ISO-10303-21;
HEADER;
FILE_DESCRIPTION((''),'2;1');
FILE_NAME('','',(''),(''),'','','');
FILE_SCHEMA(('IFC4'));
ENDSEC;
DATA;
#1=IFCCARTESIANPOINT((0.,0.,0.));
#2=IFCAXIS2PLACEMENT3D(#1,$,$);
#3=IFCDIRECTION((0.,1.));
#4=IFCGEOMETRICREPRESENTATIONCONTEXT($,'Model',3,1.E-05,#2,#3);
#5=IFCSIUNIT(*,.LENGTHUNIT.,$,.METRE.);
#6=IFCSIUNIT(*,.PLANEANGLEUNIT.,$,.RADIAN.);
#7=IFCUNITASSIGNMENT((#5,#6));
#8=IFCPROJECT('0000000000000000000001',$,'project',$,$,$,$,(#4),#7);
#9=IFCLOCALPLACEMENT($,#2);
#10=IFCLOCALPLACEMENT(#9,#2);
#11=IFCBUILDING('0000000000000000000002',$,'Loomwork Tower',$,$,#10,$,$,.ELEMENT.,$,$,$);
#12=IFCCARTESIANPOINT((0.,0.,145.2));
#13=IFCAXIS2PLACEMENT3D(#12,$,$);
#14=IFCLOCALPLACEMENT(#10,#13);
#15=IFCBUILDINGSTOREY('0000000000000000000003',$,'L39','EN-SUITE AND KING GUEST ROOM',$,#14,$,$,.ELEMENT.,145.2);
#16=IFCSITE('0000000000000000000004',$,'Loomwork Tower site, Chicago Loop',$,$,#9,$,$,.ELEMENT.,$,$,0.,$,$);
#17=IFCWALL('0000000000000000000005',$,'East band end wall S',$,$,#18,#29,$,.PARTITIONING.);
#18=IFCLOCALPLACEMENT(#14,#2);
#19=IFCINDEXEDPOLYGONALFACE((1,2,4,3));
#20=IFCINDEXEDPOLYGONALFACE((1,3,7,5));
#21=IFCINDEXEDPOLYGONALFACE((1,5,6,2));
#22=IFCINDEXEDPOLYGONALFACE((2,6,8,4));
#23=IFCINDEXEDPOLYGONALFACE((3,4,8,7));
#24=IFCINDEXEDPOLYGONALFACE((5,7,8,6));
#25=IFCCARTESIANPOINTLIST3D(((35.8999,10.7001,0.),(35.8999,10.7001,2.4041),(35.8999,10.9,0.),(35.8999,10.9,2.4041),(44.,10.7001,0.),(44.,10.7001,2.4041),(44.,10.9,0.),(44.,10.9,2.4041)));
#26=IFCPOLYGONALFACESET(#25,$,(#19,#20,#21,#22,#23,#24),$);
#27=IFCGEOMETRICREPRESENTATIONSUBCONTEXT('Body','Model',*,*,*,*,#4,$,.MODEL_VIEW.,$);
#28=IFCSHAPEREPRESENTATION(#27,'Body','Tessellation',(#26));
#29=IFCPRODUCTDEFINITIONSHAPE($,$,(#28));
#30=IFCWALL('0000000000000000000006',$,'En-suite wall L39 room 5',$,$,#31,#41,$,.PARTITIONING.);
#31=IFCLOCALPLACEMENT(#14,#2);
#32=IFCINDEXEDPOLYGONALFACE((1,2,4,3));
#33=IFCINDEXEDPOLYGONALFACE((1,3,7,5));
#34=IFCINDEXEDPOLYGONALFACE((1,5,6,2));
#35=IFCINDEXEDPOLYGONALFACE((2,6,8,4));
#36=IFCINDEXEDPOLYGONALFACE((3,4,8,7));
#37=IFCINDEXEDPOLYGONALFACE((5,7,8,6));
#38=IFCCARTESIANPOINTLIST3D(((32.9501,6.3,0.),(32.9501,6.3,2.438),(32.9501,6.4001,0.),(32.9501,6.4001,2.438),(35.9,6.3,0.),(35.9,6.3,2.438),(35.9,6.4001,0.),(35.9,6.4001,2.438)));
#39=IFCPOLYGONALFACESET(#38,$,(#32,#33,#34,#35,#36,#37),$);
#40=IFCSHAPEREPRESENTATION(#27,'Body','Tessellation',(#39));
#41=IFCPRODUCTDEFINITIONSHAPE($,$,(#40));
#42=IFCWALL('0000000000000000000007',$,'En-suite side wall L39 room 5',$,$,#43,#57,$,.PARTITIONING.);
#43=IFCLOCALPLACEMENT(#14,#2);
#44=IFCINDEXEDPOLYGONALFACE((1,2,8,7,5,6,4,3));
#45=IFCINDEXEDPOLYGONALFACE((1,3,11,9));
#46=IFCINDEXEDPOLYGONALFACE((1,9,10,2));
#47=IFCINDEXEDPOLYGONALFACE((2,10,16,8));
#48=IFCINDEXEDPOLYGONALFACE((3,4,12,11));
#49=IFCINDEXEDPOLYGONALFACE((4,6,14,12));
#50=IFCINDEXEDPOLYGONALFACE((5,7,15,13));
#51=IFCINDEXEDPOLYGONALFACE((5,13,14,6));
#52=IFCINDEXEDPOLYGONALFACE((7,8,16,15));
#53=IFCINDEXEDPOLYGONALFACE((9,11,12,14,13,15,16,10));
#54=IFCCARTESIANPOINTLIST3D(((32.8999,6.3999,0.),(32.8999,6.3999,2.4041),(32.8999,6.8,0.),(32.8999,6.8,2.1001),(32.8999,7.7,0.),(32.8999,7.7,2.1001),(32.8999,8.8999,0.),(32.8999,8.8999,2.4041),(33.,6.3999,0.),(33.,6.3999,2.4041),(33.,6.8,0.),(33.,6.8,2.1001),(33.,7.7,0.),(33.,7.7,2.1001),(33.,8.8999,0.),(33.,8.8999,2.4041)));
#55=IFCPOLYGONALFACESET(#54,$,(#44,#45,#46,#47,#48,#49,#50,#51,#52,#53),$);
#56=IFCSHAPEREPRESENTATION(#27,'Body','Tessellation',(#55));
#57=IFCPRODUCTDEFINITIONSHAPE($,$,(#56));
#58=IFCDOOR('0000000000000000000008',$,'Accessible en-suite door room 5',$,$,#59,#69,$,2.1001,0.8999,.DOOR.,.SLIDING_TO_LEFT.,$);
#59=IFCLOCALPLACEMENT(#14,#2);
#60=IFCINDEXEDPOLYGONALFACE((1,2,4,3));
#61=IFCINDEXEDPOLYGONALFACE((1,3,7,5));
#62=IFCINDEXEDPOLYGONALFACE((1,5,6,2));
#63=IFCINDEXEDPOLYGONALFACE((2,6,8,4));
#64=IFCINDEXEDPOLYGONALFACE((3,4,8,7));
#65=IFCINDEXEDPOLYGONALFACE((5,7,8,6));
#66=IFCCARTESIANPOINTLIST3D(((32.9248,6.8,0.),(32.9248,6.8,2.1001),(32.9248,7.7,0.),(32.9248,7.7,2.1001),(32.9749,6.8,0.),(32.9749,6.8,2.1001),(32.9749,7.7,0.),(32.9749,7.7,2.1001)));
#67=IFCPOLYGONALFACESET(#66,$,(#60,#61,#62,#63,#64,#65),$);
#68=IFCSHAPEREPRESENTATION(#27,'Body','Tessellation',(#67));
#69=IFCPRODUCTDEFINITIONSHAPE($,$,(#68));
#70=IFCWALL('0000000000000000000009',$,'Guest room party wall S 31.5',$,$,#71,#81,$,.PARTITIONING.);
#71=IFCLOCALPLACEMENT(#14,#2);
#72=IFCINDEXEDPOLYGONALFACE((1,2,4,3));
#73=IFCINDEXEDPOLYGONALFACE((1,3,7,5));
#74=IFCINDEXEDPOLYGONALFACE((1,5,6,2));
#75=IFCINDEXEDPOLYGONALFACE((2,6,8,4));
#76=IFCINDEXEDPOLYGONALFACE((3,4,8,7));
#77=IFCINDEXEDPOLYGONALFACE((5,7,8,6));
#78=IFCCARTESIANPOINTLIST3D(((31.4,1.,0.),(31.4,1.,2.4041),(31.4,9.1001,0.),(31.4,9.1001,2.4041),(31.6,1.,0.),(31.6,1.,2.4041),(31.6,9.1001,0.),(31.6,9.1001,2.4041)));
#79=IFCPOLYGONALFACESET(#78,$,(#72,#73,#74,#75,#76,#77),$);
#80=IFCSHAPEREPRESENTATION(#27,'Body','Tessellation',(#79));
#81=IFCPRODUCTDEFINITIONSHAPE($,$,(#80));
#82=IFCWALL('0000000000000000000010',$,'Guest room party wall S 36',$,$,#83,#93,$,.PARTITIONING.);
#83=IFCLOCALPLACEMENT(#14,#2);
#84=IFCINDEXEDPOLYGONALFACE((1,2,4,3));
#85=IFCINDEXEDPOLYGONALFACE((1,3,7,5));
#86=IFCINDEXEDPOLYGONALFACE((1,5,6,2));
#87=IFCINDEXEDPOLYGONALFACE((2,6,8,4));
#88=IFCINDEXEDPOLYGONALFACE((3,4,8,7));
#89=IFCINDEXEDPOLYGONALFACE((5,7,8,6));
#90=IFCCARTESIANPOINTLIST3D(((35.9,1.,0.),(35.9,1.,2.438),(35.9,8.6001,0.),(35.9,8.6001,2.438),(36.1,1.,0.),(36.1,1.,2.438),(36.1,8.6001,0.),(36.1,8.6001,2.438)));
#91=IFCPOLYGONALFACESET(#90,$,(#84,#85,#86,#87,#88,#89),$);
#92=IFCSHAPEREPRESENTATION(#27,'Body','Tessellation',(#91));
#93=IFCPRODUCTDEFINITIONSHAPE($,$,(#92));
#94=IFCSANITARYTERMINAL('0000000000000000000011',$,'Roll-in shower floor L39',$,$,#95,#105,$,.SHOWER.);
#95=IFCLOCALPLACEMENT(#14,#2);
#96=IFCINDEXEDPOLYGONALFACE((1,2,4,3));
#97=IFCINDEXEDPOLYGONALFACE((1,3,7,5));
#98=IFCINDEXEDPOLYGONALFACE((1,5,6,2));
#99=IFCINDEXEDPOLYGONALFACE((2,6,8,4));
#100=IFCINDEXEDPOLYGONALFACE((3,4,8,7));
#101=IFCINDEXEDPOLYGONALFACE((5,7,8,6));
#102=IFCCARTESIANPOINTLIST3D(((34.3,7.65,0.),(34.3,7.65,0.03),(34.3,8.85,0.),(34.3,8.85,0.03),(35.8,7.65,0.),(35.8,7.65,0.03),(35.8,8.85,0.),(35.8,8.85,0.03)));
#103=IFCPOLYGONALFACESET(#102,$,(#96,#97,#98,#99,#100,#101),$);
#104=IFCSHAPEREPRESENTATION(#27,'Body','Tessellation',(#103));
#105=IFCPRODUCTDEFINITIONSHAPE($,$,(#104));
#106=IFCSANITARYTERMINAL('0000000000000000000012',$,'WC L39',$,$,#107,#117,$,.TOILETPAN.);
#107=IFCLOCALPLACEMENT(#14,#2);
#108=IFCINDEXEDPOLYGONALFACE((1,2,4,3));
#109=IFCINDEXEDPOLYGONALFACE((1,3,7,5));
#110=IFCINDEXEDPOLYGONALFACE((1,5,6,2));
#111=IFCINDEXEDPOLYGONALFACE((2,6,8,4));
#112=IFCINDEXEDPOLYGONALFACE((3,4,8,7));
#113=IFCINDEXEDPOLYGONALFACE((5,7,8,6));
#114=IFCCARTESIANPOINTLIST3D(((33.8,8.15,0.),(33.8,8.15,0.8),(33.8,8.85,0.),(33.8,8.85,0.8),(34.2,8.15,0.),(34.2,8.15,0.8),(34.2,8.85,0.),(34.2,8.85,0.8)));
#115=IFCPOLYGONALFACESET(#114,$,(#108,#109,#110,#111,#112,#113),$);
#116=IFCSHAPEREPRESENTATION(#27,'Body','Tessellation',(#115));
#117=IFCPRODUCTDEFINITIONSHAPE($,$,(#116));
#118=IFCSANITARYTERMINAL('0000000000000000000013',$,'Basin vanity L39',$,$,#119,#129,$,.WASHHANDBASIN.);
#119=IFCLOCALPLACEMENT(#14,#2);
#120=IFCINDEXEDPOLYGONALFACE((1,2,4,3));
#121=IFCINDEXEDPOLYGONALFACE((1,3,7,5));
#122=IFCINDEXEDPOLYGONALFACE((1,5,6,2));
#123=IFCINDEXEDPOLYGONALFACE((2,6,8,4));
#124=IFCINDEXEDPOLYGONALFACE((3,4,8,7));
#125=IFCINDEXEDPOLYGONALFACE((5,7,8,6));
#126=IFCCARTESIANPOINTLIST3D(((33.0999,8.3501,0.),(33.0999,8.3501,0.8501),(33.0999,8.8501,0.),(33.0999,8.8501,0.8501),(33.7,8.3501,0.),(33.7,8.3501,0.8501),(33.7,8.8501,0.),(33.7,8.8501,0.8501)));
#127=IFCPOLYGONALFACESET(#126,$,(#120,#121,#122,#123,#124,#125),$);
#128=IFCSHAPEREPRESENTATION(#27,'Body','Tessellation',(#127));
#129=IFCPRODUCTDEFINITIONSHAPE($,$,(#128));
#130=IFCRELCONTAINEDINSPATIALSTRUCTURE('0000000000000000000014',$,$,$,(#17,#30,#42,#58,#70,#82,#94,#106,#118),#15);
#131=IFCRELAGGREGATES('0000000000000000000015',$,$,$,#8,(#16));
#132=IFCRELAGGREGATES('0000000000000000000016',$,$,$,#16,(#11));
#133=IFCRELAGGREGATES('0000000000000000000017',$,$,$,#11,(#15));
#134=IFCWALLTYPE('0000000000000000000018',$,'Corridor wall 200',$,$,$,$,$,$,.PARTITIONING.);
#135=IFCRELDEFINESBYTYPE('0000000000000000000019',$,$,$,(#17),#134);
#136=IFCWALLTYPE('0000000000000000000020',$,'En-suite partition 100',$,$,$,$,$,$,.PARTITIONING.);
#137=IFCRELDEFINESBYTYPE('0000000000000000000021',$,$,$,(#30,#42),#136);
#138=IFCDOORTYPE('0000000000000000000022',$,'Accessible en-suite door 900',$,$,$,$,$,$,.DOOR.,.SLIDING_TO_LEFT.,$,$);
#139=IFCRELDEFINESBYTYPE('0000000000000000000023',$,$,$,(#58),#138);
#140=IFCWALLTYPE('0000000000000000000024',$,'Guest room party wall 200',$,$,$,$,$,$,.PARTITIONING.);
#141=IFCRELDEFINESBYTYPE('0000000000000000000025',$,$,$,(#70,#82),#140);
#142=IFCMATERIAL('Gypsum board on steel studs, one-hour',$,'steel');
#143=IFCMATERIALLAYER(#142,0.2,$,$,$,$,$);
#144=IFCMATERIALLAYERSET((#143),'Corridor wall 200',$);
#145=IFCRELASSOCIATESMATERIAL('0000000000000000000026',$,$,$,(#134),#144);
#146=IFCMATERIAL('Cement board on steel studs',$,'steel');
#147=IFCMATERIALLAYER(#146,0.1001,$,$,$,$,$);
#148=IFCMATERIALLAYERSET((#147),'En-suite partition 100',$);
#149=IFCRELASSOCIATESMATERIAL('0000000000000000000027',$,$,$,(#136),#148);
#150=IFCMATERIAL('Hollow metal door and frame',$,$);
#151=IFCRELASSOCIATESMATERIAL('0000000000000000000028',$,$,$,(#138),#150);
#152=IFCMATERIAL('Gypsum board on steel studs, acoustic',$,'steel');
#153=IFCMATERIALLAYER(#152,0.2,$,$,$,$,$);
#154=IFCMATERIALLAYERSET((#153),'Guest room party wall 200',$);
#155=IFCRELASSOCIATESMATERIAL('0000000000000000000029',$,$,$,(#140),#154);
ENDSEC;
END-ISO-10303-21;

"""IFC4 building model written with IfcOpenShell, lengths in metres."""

from ifc_helpers import new_model, si_unit, direction, frame, frame_2d, origin, origin_2d, place, context, subcontext, project, spatial, rectangle, extrude, material, layer, layer_set, type_object, element, fill, save


model = new_model("IFC4")

# Units and contexts
model_context = context("Model", 3, precision=1e-05, world=origin(), true_north=direction((0.0, 1.0)))
body_context = subcontext(model_context, "Body", "Model", "MODEL_VIEW")
ifc_project = project(units=[si_unit("LENGTHUNIT", "METRE"), si_unit("PLANEANGLEUNIT", "RADIAN")], contexts=[model_context])

# Site, building, storey
site_placement = place(None, origin())
site = spatial("IfcSite", under=ifc_project, at=site_placement, Name="Loomwork Tower site, Chicago Loop", CompositionType="ELEMENT", RefElevation=0.0)
building_placement = place(site_placement, origin())
building = spatial("IfcBuilding", under=site, at=building_placement, Name="Loomwork Tower", CompositionType="ELEMENT")
storey_placement = place(building_placement, frame((0.0, 0.0, 145.2)))
storey = spatial("IfcBuildingStorey", under=building, at=storey_placement, Name="L39", Description="EN-SUITE AND KING GUEST ROOM", CompositionType="ELEMENT", Elevation=145.2)

# Shared definitions
ifc_material_1 = material(Name="Gypsum board on steel studs, one-hour", Category="steel")
ifc_layer_1 = layer(ifc_material_1, 0.2)
ifc_layer_set_1 = layer_set([ifc_layer_1], Name="Corridor wall 200")
wall_type_1 = type_object("IfcWallType", Name="Corridor wall 200", PredefinedType="PARTITIONING", material=ifc_layer_set_1)

# Walls
wall_1_placement = place(storey_placement, frame((35.8999, 10.8, 0.0), z_axis=(0.0, 0.0, 1.0), x_axis=(1.0, 0.0, 0.0)))
element("IfcWall", 1, at=wall_1_placement, inside=storey, type_object=wall_type_1, Name="East band end wall S", PredefinedType="PARTITIONING", context=body_context, shape_type="SweptSolid", body=[
    extrude(rectangle(XDim=8.1001, YDim=0.2, at=frame_2d((4.05, 0.0))), origin(), (0.0, 0.0, 1.0), 2.4041),
])
ifc_material_2 = material(Name="Cement board on steel studs", Category="steel")
ifc_layer_2 = layer(ifc_material_2, 0.1001)
ifc_layer_set_2 = layer_set([ifc_layer_2], Name="En-suite partition 100")
wall_type_2 = type_object("IfcWallType", Name="En-suite partition 100", PredefinedType="PARTITIONING", material=ifc_layer_set_2)
wall_2_placement = place(storey_placement, frame((32.95, 6.3501, 0.0), z_axis=(0.0, 0.0, 1.0), x_axis=(1.0, 0.0, 0.0)))
element("IfcWall", 2, at=wall_2_placement, inside=storey, type_object=wall_type_2, Name="En-suite wall L39 room 5", PredefinedType="PARTITIONING", context=body_context, shape_type="SweptSolid", body=[
    extrude(rectangle(XDim=2.95, YDim=0.1001, at=frame_2d((1.4751, 0.0))), origin(), (0.0, 0.0, 1.0), 2.438),
])

# Wall, opening, door
wall_3_placement = place(storey_placement, frame((32.95, 8.8999, 0.0), z_axis=(0.0, 0.0, 1.0), x_axis=(0.0, -1.0, 0.0)))
wall_3 = element("IfcWall", 3, at=wall_3_placement, inside=storey, type_object=wall_type_2, Name="En-suite side wall L39 room 5", PredefinedType="PARTITIONING", context=body_context, shape_type="SweptSolid", body=[
    extrude(rectangle(XDim=2.5, YDim=0.1001, at=frame_2d((1.25, 0.0))), origin(), (0.0, 0.0, 1.0), 2.4041),
])
opening_1_placement = place(wall_3_placement, frame((1.2, 0.0, 0.0)))
opening_1 = element("IfcOpeningElement", 4, at=opening_1_placement, cuts=wall_3, PredefinedType="OPENING", context=body_context, shape_type="SweptSolid", body=[
    extrude(rectangle(XDim=0.8999, YDim=2.1001, at=frame_2d((0.45, 1.05))), frame((0.0, 0.0601, 0.0), z_axis=(0.0, -1.0, 0.0), x_axis=(1.0, 0.0, 0.0)), (0.0, 0.0, 1.0), 0.1201),
])
ifc_material_3 = material(Name="Hollow metal door and frame")
door_type_1 = type_object("IfcDoorType", Name="Accessible en-suite door 900", OperationType="SLIDING_TO_LEFT", PredefinedType="DOOR", material=ifc_material_3)
door_1_placement = place(opening_1_placement, origin())
door_1 = element("IfcDoor", 5, at=door_1_placement, inside=storey, type_object=door_type_1, Name="Accessible en-suite door room 5", OperationType="SLIDING_TO_LEFT", OverallHeight=2.1001, OverallWidth=0.8999, PredefinedType="DOOR", context=body_context, shape_type="SweptSolid", body=[
    extrude(rectangle(XDim=0.8999, YDim=2.1001, at=frame_2d((0.45, 1.05))), frame((0.0, 0.0249, 0.0), z_axis=(0.0, -1.0, 0.0), x_axis=(1.0, 0.0, 0.0)), (0.0, 0.0, 1.0), 0.05),
])
fill(opening_1, door_1)

# Walls
ifc_material_4 = material(Name="Gypsum board on steel studs, acoustic", Category="steel")
ifc_layer_3 = layer(ifc_material_4, 0.2)
ifc_layer_set_3 = layer_set([ifc_layer_3], Name="Guest room party wall 200")
wall_type_3 = type_object("IfcWallType", Name="Guest room party wall 200", PredefinedType="PARTITIONING", material=ifc_layer_set_3)
wall_4_placement = place(storey_placement, frame((31.5, 9.1001, 0.0), z_axis=(0.0, 0.0, 1.0), x_axis=(0.0, -1.0, 0.0)))
element("IfcWall", 6, at=wall_4_placement, inside=storey, type_object=wall_type_3, Name="Guest room party wall S 31.5", PredefinedType="PARTITIONING", context=body_context, shape_type="SweptSolid", body=[
    extrude(rectangle(XDim=8.1001, YDim=0.2, at=frame_2d((4.05, 0.0))), origin(), (0.0, 0.0, 1.0), 2.4041),
])
wall_5_placement = place(storey_placement, frame((36.0, 8.6001, 0.0), z_axis=(0.0, 0.0, 1.0), x_axis=(0.0, -1.0, 0.0)))
element("IfcWall", 7, at=wall_5_placement, inside=storey, type_object=wall_type_3, Name="Guest room party wall S 36", PredefinedType="PARTITIONING", context=body_context, shape_type="SweptSolid", body=[
    extrude(rectangle(XDim=7.6001, YDim=0.2, at=frame_2d((3.8, 0.0))), origin(), (0.0, 0.0, 1.0), 2.438),
])

# Sanitary terminals
sanitary_terminal_1_placement = place(storey_placement, frame((35.05, 8.25, 0.0), z_axis=(0.0, 0.0, 1.0), x_axis=(1.0, 0.0, 0.0)))
element("IfcSanitaryTerminal", 8, at=sanitary_terminal_1_placement, inside=storey, Name="Roll-in shower floor L39", PredefinedType="SHOWER", context=body_context, shape_type="SweptSolid", body=[
    extrude(rectangle(XDim=1.5, YDim=1.2, at=origin_2d()), origin(), (0.0, 0.0, 1.0), 0.03),
])
sanitary_terminal_2_placement = place(storey_placement, frame((34.0, 8.5, 0.0), z_axis=(0.0, 0.0, 1.0), x_axis=(1.0, 0.0, 0.0)))
element("IfcSanitaryTerminal", 9, at=sanitary_terminal_2_placement, inside=storey, Name="WC L39", PredefinedType="TOILETPAN", context=body_context, shape_type="SweptSolid", body=[
    extrude(rectangle(XDim=0.3999, YDim=0.7, at=origin_2d()), origin(), (0.0, 0.0, 1.0), 0.8),
])
sanitary_terminal_3_placement = place(storey_placement, frame((33.3999, 8.6001, 0.0), z_axis=(0.0, 0.0, 1.0), x_axis=(1.0, 0.0, 0.0)))
element("IfcSanitaryTerminal", 10, at=sanitary_terminal_3_placement, inside=storey, Name="Basin vanity L39", PredefinedType="WASHHANDBASIN", context=body_context, shape_type="SweptSolid", body=[
    extrude(rectangle(XDim=0.6001, YDim=0.5, at=origin_2d()), origin(), (0.0, 0.0, 1.0), 0.8501),
])

save(model, "model.ifc")
